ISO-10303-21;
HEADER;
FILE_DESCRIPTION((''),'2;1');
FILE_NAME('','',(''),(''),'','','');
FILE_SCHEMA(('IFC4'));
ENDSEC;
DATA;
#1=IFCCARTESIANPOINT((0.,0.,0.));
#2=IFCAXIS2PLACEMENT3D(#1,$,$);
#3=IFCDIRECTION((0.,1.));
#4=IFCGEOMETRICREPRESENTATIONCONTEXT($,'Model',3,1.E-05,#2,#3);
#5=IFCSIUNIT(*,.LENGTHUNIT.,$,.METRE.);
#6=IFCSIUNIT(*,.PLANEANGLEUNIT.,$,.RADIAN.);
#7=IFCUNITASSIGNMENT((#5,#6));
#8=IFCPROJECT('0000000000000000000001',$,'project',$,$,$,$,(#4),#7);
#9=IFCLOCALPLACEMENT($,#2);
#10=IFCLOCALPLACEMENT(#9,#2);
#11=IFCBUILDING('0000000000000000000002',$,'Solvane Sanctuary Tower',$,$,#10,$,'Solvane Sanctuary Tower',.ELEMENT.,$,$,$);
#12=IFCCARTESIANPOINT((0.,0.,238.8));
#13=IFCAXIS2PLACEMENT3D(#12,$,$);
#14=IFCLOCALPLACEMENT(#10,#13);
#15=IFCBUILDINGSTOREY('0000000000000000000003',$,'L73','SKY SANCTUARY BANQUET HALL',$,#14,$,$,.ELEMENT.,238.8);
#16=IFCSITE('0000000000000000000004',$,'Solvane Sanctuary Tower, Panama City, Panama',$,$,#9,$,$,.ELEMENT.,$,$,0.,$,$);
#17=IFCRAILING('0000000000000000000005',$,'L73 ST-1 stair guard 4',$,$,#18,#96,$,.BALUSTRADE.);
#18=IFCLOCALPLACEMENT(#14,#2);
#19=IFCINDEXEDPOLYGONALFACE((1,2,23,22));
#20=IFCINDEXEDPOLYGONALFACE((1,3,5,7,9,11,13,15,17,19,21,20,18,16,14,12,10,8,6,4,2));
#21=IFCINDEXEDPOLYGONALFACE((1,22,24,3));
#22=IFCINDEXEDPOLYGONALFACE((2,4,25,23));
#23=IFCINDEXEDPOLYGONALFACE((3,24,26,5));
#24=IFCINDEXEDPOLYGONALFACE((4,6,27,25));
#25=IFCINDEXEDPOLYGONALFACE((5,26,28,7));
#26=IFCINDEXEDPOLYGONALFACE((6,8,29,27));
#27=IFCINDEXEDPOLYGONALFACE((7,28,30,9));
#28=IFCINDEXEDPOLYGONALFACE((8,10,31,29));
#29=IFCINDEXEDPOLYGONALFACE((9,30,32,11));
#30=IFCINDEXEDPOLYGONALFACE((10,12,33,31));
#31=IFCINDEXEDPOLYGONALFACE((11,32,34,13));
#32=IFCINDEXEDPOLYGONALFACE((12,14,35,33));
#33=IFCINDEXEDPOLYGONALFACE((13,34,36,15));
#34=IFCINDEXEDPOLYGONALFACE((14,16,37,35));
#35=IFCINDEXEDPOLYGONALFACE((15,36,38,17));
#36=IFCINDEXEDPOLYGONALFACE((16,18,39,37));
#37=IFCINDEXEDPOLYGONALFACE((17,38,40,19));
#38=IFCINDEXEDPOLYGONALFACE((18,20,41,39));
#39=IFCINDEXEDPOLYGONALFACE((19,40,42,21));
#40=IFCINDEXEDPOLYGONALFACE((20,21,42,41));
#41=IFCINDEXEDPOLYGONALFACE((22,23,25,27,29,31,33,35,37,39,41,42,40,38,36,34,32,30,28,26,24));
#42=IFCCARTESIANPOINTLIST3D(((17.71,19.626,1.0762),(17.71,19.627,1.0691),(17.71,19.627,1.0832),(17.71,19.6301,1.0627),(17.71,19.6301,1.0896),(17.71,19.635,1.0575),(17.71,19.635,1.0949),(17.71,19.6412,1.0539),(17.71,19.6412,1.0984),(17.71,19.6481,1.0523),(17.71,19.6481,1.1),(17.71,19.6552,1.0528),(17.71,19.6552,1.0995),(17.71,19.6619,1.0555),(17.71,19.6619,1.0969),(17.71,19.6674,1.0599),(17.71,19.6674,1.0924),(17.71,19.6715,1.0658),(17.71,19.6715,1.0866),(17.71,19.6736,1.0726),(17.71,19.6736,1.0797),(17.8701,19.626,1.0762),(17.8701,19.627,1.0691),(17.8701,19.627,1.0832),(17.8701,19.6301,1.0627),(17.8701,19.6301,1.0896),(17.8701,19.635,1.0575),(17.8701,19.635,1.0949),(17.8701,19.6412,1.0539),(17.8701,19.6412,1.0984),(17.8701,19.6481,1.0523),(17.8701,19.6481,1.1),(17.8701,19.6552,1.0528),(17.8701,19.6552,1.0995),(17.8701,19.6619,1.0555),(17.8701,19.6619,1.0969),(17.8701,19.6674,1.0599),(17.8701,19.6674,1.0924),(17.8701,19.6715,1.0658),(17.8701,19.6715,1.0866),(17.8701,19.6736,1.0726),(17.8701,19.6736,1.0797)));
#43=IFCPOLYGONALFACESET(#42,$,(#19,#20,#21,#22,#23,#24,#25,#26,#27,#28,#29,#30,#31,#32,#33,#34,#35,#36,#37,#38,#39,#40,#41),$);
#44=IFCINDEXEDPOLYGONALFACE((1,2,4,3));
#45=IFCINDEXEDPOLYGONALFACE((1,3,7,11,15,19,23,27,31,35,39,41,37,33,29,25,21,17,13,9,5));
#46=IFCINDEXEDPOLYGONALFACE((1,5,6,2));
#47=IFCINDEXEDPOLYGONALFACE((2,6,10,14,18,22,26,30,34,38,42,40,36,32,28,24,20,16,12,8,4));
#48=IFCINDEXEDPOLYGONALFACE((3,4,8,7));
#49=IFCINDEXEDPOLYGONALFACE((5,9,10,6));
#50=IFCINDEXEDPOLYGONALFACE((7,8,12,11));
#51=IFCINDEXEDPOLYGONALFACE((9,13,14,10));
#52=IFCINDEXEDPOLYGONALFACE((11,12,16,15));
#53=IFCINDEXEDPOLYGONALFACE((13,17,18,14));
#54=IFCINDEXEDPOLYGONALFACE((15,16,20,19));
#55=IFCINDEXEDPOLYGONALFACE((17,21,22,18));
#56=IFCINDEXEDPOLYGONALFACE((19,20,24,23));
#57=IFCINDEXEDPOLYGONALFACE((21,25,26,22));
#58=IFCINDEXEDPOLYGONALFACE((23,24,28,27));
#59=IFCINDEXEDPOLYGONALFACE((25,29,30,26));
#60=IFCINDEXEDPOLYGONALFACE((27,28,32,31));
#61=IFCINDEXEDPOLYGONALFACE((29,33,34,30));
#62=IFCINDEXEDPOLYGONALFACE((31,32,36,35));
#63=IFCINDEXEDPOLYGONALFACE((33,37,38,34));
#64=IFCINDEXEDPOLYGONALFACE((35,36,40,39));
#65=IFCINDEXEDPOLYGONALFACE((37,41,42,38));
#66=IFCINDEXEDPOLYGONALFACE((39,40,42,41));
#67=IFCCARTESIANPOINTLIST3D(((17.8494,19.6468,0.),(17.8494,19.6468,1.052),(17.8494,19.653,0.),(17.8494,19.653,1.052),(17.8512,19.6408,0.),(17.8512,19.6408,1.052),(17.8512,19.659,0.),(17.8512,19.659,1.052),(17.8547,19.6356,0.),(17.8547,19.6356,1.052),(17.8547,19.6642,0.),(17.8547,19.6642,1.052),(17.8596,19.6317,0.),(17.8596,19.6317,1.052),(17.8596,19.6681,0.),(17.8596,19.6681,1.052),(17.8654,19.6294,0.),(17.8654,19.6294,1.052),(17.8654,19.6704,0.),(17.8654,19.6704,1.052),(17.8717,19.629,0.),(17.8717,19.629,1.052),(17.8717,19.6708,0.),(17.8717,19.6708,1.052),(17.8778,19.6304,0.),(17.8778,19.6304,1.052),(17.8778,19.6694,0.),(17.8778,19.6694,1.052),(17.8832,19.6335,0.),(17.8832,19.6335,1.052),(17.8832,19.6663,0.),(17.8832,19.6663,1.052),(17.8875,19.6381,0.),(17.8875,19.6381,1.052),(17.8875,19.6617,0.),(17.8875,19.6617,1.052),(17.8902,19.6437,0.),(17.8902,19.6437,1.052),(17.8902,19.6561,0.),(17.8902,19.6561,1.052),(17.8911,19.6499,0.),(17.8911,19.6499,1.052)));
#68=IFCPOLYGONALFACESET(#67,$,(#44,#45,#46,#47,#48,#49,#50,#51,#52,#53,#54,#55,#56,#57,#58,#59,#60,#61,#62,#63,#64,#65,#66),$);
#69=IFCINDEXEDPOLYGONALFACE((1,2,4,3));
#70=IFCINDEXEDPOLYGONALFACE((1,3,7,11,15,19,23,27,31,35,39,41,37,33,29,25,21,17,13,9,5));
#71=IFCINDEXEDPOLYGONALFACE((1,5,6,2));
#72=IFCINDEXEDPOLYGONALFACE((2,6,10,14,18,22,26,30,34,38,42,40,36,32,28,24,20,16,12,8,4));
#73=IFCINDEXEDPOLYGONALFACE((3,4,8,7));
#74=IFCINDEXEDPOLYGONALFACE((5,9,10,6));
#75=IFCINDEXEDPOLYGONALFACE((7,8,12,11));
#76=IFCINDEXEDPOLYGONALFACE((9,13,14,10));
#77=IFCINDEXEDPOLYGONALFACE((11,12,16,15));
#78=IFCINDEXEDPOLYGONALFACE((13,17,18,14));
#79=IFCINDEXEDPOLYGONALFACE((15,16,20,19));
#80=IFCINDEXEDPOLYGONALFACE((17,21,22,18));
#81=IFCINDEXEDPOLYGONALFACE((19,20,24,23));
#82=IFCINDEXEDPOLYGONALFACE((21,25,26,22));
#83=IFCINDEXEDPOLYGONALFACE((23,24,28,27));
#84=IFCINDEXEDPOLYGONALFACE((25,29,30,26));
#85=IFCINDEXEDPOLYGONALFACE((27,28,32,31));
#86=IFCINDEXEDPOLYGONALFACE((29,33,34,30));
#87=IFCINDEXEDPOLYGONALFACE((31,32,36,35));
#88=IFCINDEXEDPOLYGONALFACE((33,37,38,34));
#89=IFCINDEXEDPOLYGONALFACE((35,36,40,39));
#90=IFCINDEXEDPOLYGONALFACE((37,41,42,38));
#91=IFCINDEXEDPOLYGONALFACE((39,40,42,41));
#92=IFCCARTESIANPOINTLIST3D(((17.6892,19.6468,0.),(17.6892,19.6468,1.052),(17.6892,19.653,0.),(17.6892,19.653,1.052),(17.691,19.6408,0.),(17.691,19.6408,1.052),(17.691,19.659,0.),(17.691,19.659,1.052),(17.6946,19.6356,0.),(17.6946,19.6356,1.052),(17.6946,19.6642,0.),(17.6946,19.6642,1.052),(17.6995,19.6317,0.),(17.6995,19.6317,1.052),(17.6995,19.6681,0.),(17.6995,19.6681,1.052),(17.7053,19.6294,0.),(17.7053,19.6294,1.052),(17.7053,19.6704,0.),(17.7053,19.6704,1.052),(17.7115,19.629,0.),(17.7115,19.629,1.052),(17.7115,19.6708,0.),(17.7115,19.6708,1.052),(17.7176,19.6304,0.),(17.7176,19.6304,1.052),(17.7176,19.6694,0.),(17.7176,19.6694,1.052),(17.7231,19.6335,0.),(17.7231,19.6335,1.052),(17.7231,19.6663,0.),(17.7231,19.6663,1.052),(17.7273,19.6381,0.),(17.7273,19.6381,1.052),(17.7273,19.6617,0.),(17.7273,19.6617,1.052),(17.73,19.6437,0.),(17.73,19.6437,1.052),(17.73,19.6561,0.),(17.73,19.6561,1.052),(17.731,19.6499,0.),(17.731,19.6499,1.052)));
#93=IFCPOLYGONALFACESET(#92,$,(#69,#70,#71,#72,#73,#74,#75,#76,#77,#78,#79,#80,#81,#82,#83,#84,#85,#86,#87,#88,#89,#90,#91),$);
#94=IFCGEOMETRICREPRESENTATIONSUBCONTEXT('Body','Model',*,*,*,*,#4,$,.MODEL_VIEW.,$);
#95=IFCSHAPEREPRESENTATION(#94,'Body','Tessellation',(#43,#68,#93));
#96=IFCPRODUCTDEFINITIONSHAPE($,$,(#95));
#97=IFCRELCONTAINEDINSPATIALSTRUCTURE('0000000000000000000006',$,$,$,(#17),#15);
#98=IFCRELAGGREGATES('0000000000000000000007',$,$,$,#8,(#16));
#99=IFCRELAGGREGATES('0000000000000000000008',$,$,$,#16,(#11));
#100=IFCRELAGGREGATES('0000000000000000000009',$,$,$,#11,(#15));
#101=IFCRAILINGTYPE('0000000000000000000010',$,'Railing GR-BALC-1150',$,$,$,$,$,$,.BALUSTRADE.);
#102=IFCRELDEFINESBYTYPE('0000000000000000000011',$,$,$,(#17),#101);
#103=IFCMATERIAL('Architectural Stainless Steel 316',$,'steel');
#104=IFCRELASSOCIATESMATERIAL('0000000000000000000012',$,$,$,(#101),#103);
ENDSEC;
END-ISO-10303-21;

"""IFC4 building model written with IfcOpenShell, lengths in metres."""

from ifc_helpers import new_model, si_unit, direction, frame, origin, origin_2d, place, context, subcontext, project, spatial, circle, extrude, material, type_object, element, save


model = new_model("IFC4")

# Units and contexts
model_context = context("Model", 3, precision=1e-05, world=origin(), true_north=direction((0.0, 1.0)))
body_context = subcontext(model_context, "Body", "Model", "MODEL_VIEW")
ifc_project = project(units=[si_unit("LENGTHUNIT", "METRE"), si_unit("PLANEANGLEUNIT", "RADIAN")], contexts=[model_context])

# Site, building, storey
site_placement = place(None, origin())
site = spatial("IfcSite", under=ifc_project, at=site_placement, Name="Solvane Sanctuary Tower, Panama City, Panama", CompositionType="ELEMENT", RefElevation=0.0)
building_placement = place(site_placement, origin())
building = spatial("IfcBuilding", under=site, at=building_placement, Name="Solvane Sanctuary Tower", LongName="Solvane Sanctuary Tower", CompositionType="ELEMENT")
storey_placement = place(building_placement, frame((0.0, 0.0, 238.8)))
storey = spatial("IfcBuildingStorey", under=building, at=storey_placement, Name="L73", Description="SKY SANCTUARY BANQUET HALL", CompositionType="ELEMENT", Elevation=238.8)

# Shared definitions
ifc_material_1 = material(Name="Architectural Stainless Steel 316", Category="steel")

# Railing
railing_type_1 = type_object("IfcRailingType", Name="Railing GR-BALC-1150", PredefinedType="BALUSTRADE", material=ifc_material_1)
railing_1_placement = place(storey_placement, frame((17.8701, 19.6499, 0.0)))
element("IfcRailing", 1, at=railing_1_placement, inside=storey, type_object=railing_type_1, Name="L73 ST-1 stair guard 4", PredefinedType="BALUSTRADE", context=body_context, shape_type="SweptSolid", body=[
    extrude(circle(Radius=0.0239, at=origin_2d()), frame((0.0, 0.0, 1.0762), z_axis=(-1.0, 0.0, 0.0), x_axis=(0.0, -1.0, 0.0)), (0.0, 0.0, 1.0), 0.1602),
    extrude(circle(Radius=0.021, at=origin_2d()), origin(), (0.0, 0.0, 1.0), 1.052),
    extrude(circle(Radius=0.021, at=origin_2d()), frame((-0.1602, 0.0, 0.0)), (0.0, 0.0, 1.0), 1.052),
])

save(model, "model.ifc")
